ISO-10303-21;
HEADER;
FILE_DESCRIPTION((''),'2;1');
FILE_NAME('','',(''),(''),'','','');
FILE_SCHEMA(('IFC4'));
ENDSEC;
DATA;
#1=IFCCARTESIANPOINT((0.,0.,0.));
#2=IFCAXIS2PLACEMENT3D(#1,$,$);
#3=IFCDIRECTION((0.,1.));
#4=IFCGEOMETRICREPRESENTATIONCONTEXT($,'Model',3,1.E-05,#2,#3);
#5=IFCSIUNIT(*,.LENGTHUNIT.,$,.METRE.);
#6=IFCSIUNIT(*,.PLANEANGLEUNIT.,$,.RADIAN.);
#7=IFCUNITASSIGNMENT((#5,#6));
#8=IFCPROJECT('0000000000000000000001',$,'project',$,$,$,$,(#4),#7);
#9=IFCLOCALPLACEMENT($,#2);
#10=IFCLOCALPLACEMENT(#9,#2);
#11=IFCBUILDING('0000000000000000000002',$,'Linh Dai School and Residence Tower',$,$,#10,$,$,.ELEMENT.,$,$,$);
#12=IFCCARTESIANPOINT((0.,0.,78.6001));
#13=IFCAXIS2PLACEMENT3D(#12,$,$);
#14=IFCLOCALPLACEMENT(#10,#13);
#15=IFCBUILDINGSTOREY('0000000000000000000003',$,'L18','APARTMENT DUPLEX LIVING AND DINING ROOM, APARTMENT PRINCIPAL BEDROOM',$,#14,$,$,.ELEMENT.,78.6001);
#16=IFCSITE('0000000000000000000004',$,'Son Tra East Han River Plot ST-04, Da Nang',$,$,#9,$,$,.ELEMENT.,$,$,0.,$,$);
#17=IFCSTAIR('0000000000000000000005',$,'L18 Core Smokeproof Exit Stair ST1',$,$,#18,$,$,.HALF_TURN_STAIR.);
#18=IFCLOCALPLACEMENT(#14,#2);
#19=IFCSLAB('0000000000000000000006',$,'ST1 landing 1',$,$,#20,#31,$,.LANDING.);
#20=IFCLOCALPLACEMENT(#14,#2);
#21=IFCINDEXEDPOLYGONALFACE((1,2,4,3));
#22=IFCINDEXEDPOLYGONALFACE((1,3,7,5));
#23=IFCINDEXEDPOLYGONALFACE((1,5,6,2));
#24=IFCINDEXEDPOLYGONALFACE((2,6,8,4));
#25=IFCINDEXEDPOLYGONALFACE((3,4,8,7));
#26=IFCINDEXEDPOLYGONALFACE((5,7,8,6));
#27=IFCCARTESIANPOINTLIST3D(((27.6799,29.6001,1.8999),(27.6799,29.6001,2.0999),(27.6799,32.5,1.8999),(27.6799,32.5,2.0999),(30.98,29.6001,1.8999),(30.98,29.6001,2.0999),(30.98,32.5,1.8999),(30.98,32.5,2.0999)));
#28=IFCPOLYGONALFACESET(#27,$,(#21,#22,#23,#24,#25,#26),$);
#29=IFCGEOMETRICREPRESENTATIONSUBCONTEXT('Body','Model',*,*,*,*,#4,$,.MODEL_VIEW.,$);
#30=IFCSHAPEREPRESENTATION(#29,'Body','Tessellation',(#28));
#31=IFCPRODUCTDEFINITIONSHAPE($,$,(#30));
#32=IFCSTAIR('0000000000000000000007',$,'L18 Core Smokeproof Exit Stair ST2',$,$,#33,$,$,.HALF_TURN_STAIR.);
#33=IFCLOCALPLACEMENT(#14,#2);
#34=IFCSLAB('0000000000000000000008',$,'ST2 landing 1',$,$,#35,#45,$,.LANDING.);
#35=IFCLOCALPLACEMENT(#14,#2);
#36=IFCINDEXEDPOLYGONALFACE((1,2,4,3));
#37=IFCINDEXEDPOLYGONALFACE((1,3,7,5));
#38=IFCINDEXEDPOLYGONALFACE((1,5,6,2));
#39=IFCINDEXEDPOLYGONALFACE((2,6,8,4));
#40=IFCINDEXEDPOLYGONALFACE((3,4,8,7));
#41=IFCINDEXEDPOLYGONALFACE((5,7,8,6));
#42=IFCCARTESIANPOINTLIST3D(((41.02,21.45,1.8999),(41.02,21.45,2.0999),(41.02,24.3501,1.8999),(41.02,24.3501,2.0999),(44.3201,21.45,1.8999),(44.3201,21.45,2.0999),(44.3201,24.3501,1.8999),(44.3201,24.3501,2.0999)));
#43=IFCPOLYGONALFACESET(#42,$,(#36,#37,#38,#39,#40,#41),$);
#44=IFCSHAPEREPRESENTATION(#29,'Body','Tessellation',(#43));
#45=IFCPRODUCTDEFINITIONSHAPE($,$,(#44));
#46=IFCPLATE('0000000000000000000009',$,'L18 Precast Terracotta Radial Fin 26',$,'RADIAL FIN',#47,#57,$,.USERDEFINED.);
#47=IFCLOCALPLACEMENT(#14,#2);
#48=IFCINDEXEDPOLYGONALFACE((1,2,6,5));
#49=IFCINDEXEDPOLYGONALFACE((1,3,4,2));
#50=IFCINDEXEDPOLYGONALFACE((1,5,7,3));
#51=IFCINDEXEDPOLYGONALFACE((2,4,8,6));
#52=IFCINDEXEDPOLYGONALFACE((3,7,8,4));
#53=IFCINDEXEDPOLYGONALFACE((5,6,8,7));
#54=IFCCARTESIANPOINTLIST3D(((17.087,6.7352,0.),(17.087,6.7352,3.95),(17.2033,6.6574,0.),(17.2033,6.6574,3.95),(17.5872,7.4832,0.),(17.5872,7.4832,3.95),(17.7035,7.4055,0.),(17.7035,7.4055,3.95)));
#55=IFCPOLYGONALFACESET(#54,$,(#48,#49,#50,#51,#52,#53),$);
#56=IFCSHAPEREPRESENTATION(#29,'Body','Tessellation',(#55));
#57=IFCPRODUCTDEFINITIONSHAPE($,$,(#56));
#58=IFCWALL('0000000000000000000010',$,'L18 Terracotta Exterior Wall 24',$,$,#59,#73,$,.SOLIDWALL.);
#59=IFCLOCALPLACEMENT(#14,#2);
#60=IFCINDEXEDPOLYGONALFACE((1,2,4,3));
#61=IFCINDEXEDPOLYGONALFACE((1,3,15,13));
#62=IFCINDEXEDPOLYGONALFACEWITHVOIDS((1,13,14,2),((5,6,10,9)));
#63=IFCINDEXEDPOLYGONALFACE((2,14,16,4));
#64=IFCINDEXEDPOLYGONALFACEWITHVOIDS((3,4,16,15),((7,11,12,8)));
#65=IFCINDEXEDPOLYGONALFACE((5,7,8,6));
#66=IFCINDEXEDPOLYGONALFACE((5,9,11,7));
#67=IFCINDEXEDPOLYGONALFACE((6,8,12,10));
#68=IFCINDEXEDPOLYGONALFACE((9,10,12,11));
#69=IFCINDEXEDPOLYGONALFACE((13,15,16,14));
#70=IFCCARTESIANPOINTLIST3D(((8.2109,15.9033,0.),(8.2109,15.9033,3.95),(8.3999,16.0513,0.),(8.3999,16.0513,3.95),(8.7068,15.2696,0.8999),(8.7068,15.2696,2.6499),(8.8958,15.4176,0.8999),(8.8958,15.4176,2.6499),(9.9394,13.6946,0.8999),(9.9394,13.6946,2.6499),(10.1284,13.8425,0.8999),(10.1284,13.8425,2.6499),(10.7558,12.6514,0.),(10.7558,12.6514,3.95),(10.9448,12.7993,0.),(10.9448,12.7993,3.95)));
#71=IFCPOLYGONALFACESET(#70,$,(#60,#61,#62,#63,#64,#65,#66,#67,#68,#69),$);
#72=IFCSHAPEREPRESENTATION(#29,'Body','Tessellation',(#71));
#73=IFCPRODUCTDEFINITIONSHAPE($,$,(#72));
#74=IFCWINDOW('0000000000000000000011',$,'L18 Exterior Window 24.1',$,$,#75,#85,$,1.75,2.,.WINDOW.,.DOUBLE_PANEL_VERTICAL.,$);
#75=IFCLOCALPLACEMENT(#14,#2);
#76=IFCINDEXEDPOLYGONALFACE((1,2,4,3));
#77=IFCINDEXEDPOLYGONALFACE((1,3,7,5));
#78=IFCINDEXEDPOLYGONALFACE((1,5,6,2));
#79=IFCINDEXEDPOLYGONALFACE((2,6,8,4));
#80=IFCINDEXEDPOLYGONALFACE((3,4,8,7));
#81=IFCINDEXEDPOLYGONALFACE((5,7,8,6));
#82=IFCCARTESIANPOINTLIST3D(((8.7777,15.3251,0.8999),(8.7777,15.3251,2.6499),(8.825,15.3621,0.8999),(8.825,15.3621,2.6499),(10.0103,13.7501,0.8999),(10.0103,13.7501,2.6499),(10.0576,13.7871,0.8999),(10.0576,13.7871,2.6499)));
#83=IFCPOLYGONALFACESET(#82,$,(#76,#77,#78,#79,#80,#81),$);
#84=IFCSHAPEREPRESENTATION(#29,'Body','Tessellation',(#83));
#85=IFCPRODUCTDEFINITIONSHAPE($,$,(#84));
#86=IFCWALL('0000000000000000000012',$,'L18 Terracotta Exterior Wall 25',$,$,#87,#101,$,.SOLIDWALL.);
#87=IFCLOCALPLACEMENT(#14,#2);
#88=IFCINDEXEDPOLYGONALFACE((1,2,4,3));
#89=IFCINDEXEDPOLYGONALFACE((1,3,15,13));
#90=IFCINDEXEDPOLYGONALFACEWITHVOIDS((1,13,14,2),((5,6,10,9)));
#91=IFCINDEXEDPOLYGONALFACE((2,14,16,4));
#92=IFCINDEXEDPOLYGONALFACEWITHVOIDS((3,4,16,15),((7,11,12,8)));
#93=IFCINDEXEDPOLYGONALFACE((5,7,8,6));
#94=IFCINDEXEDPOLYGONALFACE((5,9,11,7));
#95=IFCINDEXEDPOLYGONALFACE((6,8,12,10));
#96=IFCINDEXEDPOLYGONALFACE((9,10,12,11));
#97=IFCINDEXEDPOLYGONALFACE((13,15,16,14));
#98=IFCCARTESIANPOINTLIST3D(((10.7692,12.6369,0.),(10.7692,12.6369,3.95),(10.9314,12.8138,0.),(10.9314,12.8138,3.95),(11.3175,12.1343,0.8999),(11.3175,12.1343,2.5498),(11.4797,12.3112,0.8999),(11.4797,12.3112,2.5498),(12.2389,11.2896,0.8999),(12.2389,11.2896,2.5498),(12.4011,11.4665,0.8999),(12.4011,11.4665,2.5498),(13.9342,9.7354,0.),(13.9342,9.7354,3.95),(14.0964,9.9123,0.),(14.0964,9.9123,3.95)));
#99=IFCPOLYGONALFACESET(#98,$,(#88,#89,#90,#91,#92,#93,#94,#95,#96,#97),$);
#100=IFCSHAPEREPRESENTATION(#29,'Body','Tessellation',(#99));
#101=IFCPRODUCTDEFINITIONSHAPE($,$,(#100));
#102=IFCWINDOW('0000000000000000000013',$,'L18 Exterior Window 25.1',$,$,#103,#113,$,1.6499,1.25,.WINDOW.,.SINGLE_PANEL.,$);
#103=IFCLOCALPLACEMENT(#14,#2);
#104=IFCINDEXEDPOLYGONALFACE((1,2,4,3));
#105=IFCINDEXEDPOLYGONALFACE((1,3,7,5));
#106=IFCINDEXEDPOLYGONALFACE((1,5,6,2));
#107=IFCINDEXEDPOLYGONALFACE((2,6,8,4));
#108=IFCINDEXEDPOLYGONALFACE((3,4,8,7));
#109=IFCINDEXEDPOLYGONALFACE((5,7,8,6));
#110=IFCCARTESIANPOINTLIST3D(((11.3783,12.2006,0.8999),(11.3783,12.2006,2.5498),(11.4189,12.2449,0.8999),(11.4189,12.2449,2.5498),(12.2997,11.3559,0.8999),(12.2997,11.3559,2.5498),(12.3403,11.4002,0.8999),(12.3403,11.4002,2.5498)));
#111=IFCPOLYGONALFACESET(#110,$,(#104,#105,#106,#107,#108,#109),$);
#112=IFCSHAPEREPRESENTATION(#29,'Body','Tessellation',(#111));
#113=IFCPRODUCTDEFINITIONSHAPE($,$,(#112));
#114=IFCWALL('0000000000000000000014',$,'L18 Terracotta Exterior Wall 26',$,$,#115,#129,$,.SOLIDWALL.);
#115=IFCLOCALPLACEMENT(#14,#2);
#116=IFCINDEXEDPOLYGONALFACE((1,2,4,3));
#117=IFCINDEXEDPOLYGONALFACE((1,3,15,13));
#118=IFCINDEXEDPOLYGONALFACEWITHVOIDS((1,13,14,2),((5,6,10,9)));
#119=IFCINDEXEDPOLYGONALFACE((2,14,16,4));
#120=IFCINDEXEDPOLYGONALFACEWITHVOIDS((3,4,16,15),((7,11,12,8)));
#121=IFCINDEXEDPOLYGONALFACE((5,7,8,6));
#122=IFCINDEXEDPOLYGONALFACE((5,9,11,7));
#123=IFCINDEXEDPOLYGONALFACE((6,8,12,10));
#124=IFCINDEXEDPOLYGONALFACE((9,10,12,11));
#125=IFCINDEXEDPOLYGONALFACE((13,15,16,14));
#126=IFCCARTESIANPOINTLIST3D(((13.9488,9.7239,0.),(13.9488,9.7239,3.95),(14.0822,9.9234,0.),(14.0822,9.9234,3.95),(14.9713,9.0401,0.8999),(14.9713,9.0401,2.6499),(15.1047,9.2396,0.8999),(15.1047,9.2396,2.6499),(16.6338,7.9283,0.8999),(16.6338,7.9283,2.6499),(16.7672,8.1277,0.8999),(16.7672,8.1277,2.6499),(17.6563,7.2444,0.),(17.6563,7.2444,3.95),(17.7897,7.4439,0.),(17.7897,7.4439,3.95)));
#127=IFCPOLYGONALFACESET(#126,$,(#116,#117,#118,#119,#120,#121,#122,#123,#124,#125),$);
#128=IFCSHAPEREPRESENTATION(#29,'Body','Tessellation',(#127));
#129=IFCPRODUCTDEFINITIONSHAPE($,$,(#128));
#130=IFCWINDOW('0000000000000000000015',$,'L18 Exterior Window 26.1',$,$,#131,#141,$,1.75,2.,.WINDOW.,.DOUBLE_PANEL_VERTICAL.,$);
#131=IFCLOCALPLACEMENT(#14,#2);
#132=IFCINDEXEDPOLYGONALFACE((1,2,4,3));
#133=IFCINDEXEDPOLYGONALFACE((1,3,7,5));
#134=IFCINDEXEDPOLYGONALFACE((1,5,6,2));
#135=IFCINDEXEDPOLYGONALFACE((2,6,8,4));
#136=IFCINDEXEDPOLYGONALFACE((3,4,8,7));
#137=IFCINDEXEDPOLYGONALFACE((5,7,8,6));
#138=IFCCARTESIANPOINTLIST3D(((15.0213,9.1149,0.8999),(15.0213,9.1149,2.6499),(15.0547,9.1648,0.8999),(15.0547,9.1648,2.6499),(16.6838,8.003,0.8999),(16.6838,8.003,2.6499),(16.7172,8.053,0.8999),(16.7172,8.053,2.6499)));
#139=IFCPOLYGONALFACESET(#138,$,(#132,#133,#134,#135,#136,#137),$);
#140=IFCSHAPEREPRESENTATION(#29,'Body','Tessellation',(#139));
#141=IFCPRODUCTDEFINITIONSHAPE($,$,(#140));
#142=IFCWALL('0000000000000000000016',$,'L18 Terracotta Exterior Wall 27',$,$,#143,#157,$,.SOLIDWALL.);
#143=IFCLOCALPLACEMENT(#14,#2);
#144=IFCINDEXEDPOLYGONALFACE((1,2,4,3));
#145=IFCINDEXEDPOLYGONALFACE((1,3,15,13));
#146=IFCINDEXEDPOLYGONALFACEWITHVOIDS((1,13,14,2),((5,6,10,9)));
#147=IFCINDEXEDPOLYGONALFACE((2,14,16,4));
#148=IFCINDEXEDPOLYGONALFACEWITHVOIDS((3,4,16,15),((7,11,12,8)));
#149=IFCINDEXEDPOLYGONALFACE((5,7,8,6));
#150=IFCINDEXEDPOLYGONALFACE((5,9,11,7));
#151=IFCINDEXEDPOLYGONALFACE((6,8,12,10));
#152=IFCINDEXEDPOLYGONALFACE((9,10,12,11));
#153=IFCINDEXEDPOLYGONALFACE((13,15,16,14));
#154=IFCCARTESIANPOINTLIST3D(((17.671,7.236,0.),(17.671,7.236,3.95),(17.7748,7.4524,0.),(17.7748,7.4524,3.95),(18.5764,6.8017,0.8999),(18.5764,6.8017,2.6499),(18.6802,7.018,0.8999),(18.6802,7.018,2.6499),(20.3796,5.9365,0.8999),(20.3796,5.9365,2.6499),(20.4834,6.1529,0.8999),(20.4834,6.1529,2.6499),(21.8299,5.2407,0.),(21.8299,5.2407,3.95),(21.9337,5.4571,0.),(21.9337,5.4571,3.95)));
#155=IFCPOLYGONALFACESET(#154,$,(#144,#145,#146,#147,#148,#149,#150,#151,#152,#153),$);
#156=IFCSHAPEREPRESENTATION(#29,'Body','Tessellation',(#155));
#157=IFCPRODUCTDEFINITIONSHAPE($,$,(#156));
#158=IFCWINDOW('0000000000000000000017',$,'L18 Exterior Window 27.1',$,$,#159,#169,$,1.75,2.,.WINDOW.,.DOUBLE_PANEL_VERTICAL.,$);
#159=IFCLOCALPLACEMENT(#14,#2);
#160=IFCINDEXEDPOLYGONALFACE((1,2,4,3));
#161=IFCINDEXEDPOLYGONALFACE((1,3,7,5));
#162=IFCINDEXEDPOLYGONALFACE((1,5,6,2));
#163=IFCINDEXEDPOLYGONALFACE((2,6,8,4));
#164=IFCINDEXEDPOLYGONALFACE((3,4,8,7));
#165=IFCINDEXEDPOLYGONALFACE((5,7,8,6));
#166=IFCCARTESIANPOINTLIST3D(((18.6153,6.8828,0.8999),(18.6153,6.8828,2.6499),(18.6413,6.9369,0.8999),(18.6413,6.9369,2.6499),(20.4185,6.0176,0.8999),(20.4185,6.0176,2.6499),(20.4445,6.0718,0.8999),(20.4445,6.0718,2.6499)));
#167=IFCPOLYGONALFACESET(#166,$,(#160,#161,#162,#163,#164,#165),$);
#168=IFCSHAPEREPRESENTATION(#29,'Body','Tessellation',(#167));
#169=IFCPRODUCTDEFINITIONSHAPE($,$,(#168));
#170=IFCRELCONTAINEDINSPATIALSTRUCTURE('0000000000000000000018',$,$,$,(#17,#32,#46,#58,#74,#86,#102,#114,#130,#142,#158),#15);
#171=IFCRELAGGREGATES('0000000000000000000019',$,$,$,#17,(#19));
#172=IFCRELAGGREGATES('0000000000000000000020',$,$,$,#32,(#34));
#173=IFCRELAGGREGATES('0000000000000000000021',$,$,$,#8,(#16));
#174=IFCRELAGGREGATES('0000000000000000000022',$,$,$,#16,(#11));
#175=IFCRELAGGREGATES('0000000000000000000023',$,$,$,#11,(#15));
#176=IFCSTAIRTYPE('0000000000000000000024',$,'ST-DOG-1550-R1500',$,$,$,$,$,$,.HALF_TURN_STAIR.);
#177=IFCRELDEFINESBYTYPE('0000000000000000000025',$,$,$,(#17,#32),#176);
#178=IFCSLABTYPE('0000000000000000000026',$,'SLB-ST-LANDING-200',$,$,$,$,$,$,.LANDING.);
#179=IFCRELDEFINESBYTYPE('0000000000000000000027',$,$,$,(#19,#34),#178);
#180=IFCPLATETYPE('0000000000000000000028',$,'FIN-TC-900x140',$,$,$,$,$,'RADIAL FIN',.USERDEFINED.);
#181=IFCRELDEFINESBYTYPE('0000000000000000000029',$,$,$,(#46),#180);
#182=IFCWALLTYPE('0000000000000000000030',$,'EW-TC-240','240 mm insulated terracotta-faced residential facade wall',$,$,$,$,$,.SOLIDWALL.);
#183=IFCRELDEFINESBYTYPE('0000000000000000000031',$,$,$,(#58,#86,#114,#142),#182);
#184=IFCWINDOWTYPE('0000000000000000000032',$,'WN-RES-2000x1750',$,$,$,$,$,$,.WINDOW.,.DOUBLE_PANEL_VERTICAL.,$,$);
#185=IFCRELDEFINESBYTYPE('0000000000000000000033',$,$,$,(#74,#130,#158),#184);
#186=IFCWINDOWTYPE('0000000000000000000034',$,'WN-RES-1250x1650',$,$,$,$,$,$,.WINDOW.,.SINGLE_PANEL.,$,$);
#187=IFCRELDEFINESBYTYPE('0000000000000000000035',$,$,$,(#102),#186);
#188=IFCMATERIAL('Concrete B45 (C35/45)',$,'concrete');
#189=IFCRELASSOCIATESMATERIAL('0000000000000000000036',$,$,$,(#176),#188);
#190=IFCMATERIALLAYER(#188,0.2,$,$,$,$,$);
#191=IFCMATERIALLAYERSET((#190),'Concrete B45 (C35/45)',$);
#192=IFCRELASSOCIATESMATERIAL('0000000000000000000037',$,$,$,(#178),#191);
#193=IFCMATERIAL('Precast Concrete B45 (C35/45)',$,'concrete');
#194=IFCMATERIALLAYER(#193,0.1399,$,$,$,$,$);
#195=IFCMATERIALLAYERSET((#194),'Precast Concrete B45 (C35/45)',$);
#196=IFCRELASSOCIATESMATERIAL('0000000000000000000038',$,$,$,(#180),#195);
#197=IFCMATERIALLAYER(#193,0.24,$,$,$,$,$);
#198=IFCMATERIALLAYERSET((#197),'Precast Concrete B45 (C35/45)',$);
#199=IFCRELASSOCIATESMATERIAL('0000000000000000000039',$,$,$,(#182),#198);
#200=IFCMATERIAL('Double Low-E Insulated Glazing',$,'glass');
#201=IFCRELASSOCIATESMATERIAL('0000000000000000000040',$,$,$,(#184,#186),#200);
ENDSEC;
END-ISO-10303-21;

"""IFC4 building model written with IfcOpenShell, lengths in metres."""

from ifc_helpers import new_model, si_unit, direction, frame, frame_2d, origin, origin_2d, place, context, subcontext, project, spatial, polyline, rectangle, outline, extrude, source, transform, mapped, material, layer, layer_set, type_object, element, fill, aggregate, save


model = new_model("IFC4")

# Units and contexts
model_context = context("Model", 3, precision=1e-05, world=origin(), true_north=direction((0.0, 1.0)))
body_context = subcontext(model_context, "Body", "Model", "MODEL_VIEW")
ifc_project = project(units=[si_unit("LENGTHUNIT", "METRE"), si_unit("PLANEANGLEUNIT", "RADIAN")], contexts=[model_context])

# Site, building, storey
site_placement = place(None, origin())
site = spatial("IfcSite", under=ifc_project, at=site_placement, Name="Son Tra East Han River Plot ST-04, Da Nang", CompositionType="ELEMENT", RefElevation=0.0)
building_placement = place(site_placement, origin())
building = spatial("IfcBuilding", under=site, at=building_placement, Name="Linh Dai School and Residence Tower", CompositionType="ELEMENT")
storey_placement = place(building_placement, frame((0.0, 0.0, 78.6001)))
storey = spatial("IfcBuildingStorey", under=building, at=storey_placement, Name="L18", Description="APARTMENT DUPLEX LIVING AND DINING ROOM, APARTMENT PRINCIPAL BEDROOM", CompositionType="ELEMENT", Elevation=78.6001)

# Shared definitions
ifc_material_1 = material(Name="Concrete B45 (C35/45)", Category="concrete")

# Stairs, slabs
stair_type = type_object("IfcStairType", Name="ST-DOG-1550-R1500", PredefinedType="HALF_TURN_STAIR", material=ifc_material_1)
stair_1_placement = place(storey_placement, origin())
stair_1 = element("IfcStair", 1, at=stair_1_placement, inside=storey, type_object=stair_type, Name="L18 Core Smokeproof Exit Stair ST1", PredefinedType="HALF_TURN_STAIR")
ifc_layer_1 = layer(ifc_material_1, 0.2)
ifc_layer_set_1 = layer_set([ifc_layer_1], Name="Concrete B45 (C35/45)")
slab_type_1 = type_object("IfcSlabType", Name="SLB-ST-LANDING-200", PredefinedType="LANDING", material=ifc_layer_set_1)
slab_1_placement = place(storey_placement, frame((0.0, 0.0, 1.8999)))
slab_1 = element("IfcSlab", 2, at=slab_1_placement, type_object=slab_type_1, Name="ST1 landing 1", PredefinedType="LANDING", context=body_context, shape_type="SweptSolid", body=[
    extrude(outline(polyline([(30.98, 29.6001), (30.98, 32.5), (27.6799, 32.5), (27.6799, 29.6001), (30.98, 29.6001)])), origin(), (0.0, 0.0, 1.0), 0.2),
])
aggregate(stair_1, [slab_1])
stair_2_placement = place(storey_placement, origin())
stair_2 = element("IfcStair", 3, at=stair_2_placement, inside=storey, type_object=stair_type, Name="L18 Core Smokeproof Exit Stair ST2", PredefinedType="HALF_TURN_STAIR")
slab_2_placement = place(storey_placement, frame((0.0, 0.0, 1.8999)))
slab_2 = element("IfcSlab", 4, at=slab_2_placement, type_object=slab_type_1, Name="ST2 landing 1", PredefinedType="LANDING", context=body_context, shape_type="SweptSolid", body=[
    extrude(outline(polyline([(41.02, 24.3501), (41.02, 21.45), (44.3201, 21.45), (44.3201, 24.3501), (41.02, 24.3501)])), origin(), (0.0, 0.0, 1.0), 0.2),
])
aggregate(stair_2, [slab_2])

# Plate
ifc_material_2 = material(Name="Precast Concrete B45 (C35/45)", Category="concrete")
ifc_layer_2 = layer(ifc_material_2, 0.1399)
ifc_layer_set_2 = layer_set([ifc_layer_2], Name="Precast Concrete B45 (C35/45)")
plate_type = type_object("IfcPlateType", Name="FIN-TC-900x140", ElementType="RADIAL FIN", PredefinedType="USERDEFINED", material=ifc_layer_set_2)
shared_shape_1 = source(origin(), body_context, "Body", "SweptSolid", [
    extrude(rectangle(XDim=0.8999, YDim=0.1399, at=origin_2d()), origin(), (0.0, 0.0, 1.0), 3.95),
])
plate_placement = place(storey_placement, frame((17.3953, 7.0703, 0.0), z_axis=(0.0, 0.0, 1.0), x_axis=(-0.555898, -0.831251, 0.0)))
element("IfcPlate", 5, at=plate_placement, inside=storey, type_object=plate_type, Name="L18 Precast Terracotta Radial Fin 26", ObjectType="RADIAL FIN", PredefinedType="USERDEFINED", context=body_context, shape_type="MappedRepresentation", body=[
    mapped(shared_shape_1, transform((0.0, 0.0, 0.0), x_axis=(1.0, 0.0, 0.0), y_axis=(0.0, 1.0, 0.0), z_axis=(0.0, 0.0, 1.0), scale=1.0)),
])

# Walls, openings, windows
ifc_layer_3 = layer(ifc_material_2, 0.24)
ifc_layer_set_3 = layer_set([ifc_layer_3], Name="Precast Concrete B45 (C35/45)")
wall_type_1 = type_object("IfcWallType", Name="EW-TC-240", Description="240 mm insulated terracotta-faced residential facade wall", PredefinedType="SOLIDWALL", material=ifc_layer_set_3)
wall_1_placement = place(storey_placement, frame((10.8503, 12.7253, 0.0), z_axis=(0.0, 0.0, 1.0), x_axis=(-0.616296, 0.787515, 0.0)))
wall_1 = element("IfcWall", 6, at=wall_1_placement, inside=storey, type_object=wall_type_1, Name="L18 Terracotta Exterior Wall 24", PredefinedType="SOLIDWALL", context=body_context, shape_type="SweptSolid", body=[
    extrude(rectangle(XDim=4.1294, YDim=0.24, at=frame_2d((2.0647, 0.0))), origin(), (0.0, 0.0, 1.0), 3.95),
])
opening_1_placement = place(wall_1_placement, frame((1.3247, 0.0, 0.8999)))
opening_1 = element("IfcOpeningElement", 7, at=opening_1_placement, cuts=wall_1, PredefinedType="OPENING", context=body_context, shape_type="SweptSolid", body=[
    extrude(rectangle(XDim=2.0, YDim=1.75, at=origin_2d()), frame((1.0, 0.1299, 0.875), z_axis=(0.0, -1.0, 0.0), x_axis=(1.0, 0.0, 0.0)), (0.0, 0.0, 1.0), 0.26),
])
ifc_material_3 = material(Name="Double Low-E Insulated Glazing", Category="glass")
window_type_1 = type_object("IfcWindowType", Name="WN-RES-2000x1750", PartitioningType="DOUBLE_PANEL_VERTICAL", PredefinedType="WINDOW", material=ifc_material_3)
shared_shape_2 = source(origin(), body_context, "Body", "SweptSolid", [
    extrude(rectangle(XDim=2.0, YDim=1.75, at=origin_2d()), frame((1.0, 0.03, 0.875), z_axis=(0.0, -1.0, 0.0), x_axis=(1.0, 0.0, 0.0)), (0.0, 0.0, 1.0), 0.0601),
])
window_1_placement = place(opening_1_placement, origin())
window_1 = element("IfcWindow", 8, at=window_1_placement, inside=storey, type_object=window_type_1, Name="L18 Exterior Window 24.1", OverallHeight=1.75, OverallWidth=2.0, PartitioningType="DOUBLE_PANEL_VERTICAL", PredefinedType="WINDOW", context=body_context, shape_type="MappedRepresentation", body=[
    mapped(shared_shape_2, transform((0.0, 0.0, 0.0), x_axis=(1.0, 0.0, 0.0), y_axis=(0.0, 1.0, 0.0), z_axis=(0.0, 0.0, 1.0), scale=1.0)),
])
fill(opening_1, window_1)
wall_2_placement = place(storey_placement, frame((14.0154, 9.8237, 0.0), z_axis=(0.0, 0.0, 1.0), x_axis=(-0.737116, 0.675766, 0.0)))
wall_2 = element("IfcWall", 9, at=wall_2_placement, inside=storey, type_object=wall_type_1, Name="L18 Terracotta Exterior Wall 25", PredefinedType="SOLIDWALL", context=body_context, shape_type="SweptSolid", body=[
    extrude(rectangle(XDim=4.2937, YDim=0.24, at=frame_2d((2.147, 0.0))), origin(), (0.0, 0.0, 1.0), 3.95),
])
opening_2_placement = place(wall_2_placement, frame((2.3, 0.0, 0.8999)))
opening_2 = element("IfcOpeningElement", 10, at=opening_2_placement, cuts=wall_2, PredefinedType="OPENING", context=body_context, shape_type="SweptSolid", body=[
    extrude(rectangle(XDim=1.25, YDim=1.6499, at=origin_2d()), frame((0.625, 0.1299, 0.825), z_axis=(0.0, -1.0, 0.0), x_axis=(1.0, 0.0, 0.0)), (0.0, 0.0, 1.0), 0.26),
])
window_type_2 = type_object("IfcWindowType", Name="WN-RES-1250x1650", PartitioningType="SINGLE_PANEL", PredefinedType="WINDOW", material=ifc_material_3)
shared_shape_3 = source(origin(), body_context, "Body", "SweptSolid", [
    extrude(rectangle(XDim=1.25, YDim=1.6499, at=origin_2d()), frame((0.625, 0.03, 0.825), z_axis=(0.0, -1.0, 0.0), x_axis=(1.0, 0.0, 0.0)), (0.0, 0.0, 1.0), 0.0601),
])
window_2_placement = place(opening_2_placement, origin())
window_2 = element("IfcWindow", 11, at=window_2_placement, inside=storey, type_object=window_type_2, Name="L18 Exterior Window 25.1", OverallHeight=1.6499, OverallWidth=1.25, PartitioningType="SINGLE_PANEL", PredefinedType="WINDOW", context=body_context, shape_type="MappedRepresentation", body=[
    mapped(shared_shape_3, transform((0.0, 0.0, 0.0), x_axis=(1.0, 0.0, 0.0), y_axis=(0.0, 1.0, 0.0), z_axis=(0.0, 0.0, 1.0), scale=1.0)),
])
fill(opening_2, window_2)
wall_3_placement = place(storey_placement, frame((17.7229, 7.3442, 0.0), z_axis=(0.0, 0.0, 1.0), x_axis=(-0.831241, 0.555912, 0.0)))
wall_3 = element("IfcWall", 12, at=wall_3_placement, inside=storey, type_object=wall_type_1, Name="L18 Terracotta Exterior Wall 26", PredefinedType="SOLIDWALL", context=body_context, shape_type="SweptSolid", body=[
    extrude(rectangle(XDim=4.4602, YDim=0.24, at=frame_2d((2.23, 0.0))), origin(), (0.0, 0.0, 1.0), 3.95),
])
opening_3_placement = place(wall_3_placement, frame((1.23, 0.0, 0.8999)))
opening_3 = element("IfcOpeningElement", 13, at=opening_3_placement, cuts=wall_3, PredefinedType="OPENING", context=body_context, shape_type="SweptSolid", body=[
    extrude(rectangle(XDim=2.0, YDim=1.75, at=origin_2d()), frame((1.0, 0.1299, 0.875), z_axis=(0.0, -1.0, 0.0), x_axis=(1.0, 0.0, 0.0)), (0.0, 0.0, 1.0), 0.26),
])
window_3_placement = place(opening_3_placement, origin())
window_3 = element("IfcWindow", 14, at=window_3_placement, inside=storey, type_object=window_type_1, Name="L18 Exterior Window 26.1", OverallHeight=1.75, OverallWidth=2.0, PartitioningType="DOUBLE_PANEL_VERTICAL", PredefinedType="WINDOW", context=body_context, shape_type="MappedRepresentation", body=[
    mapped(shared_shape_2, transform((0.0, 0.0, 0.0), x_axis=(1.0, 0.0, 0.0), y_axis=(0.0, 1.0, 0.0), z_axis=(0.0, 0.0, 1.0), scale=1.0)),
])
fill(opening_3, window_3)
wall_4_placement = place(storey_placement, frame((21.8818, 5.3489, 0.0), z_axis=(0.0, 0.0, 1.0), x_axis=(-0.901602, 0.432568, 0.0)))
wall_4 = element("IfcWall", 15, at=wall_4_placement, inside=storey, type_object=wall_type_1, Name="L18 Terracotta Exterior Wall 27", PredefinedType="SOLIDWALL", context=body_context, shape_type="SweptSolid", body=[
    extrude(rectangle(XDim=4.6128, YDim=0.24, at=frame_2d((2.3064, 0.0))), origin(), (0.0, 0.0, 1.0), 3.95),
])
opening_4_placement = place(wall_4_placement, frame((1.6086, 0.0, 0.8999)))
opening_4 = element("IfcOpeningElement", 16, at=opening_4_placement, cuts=wall_4, PredefinedType="OPENING", context=body_context, shape_type="SweptSolid", body=[
    extrude(rectangle(XDim=2.0, YDim=1.75, at=origin_2d()), frame((1.0, 0.1299, 0.875), z_axis=(0.0, -1.0, 0.0), x_axis=(1.0, 0.0, 0.0)), (0.0, 0.0, 1.0), 0.26),
])
window_4_placement = place(opening_4_placement, origin())
window_4 = element("IfcWindow", 17, at=window_4_placement, inside=storey, type_object=window_type_1, Name="L18 Exterior Window 27.1", OverallHeight=1.75, OverallWidth=2.0, PartitioningType="DOUBLE_PANEL_VERTICAL", PredefinedType="WINDOW", context=body_context, shape_type="MappedRepresentation", body=[
    mapped(shared_shape_2, transform((0.0, 0.0, 0.0), x_axis=(1.0, 0.0, 0.0), y_axis=(0.0, 1.0, 0.0), z_axis=(0.0, 0.0, 1.0), scale=1.0)),
])
fill(opening_4, window_4)

save(model, "model.ifc")
